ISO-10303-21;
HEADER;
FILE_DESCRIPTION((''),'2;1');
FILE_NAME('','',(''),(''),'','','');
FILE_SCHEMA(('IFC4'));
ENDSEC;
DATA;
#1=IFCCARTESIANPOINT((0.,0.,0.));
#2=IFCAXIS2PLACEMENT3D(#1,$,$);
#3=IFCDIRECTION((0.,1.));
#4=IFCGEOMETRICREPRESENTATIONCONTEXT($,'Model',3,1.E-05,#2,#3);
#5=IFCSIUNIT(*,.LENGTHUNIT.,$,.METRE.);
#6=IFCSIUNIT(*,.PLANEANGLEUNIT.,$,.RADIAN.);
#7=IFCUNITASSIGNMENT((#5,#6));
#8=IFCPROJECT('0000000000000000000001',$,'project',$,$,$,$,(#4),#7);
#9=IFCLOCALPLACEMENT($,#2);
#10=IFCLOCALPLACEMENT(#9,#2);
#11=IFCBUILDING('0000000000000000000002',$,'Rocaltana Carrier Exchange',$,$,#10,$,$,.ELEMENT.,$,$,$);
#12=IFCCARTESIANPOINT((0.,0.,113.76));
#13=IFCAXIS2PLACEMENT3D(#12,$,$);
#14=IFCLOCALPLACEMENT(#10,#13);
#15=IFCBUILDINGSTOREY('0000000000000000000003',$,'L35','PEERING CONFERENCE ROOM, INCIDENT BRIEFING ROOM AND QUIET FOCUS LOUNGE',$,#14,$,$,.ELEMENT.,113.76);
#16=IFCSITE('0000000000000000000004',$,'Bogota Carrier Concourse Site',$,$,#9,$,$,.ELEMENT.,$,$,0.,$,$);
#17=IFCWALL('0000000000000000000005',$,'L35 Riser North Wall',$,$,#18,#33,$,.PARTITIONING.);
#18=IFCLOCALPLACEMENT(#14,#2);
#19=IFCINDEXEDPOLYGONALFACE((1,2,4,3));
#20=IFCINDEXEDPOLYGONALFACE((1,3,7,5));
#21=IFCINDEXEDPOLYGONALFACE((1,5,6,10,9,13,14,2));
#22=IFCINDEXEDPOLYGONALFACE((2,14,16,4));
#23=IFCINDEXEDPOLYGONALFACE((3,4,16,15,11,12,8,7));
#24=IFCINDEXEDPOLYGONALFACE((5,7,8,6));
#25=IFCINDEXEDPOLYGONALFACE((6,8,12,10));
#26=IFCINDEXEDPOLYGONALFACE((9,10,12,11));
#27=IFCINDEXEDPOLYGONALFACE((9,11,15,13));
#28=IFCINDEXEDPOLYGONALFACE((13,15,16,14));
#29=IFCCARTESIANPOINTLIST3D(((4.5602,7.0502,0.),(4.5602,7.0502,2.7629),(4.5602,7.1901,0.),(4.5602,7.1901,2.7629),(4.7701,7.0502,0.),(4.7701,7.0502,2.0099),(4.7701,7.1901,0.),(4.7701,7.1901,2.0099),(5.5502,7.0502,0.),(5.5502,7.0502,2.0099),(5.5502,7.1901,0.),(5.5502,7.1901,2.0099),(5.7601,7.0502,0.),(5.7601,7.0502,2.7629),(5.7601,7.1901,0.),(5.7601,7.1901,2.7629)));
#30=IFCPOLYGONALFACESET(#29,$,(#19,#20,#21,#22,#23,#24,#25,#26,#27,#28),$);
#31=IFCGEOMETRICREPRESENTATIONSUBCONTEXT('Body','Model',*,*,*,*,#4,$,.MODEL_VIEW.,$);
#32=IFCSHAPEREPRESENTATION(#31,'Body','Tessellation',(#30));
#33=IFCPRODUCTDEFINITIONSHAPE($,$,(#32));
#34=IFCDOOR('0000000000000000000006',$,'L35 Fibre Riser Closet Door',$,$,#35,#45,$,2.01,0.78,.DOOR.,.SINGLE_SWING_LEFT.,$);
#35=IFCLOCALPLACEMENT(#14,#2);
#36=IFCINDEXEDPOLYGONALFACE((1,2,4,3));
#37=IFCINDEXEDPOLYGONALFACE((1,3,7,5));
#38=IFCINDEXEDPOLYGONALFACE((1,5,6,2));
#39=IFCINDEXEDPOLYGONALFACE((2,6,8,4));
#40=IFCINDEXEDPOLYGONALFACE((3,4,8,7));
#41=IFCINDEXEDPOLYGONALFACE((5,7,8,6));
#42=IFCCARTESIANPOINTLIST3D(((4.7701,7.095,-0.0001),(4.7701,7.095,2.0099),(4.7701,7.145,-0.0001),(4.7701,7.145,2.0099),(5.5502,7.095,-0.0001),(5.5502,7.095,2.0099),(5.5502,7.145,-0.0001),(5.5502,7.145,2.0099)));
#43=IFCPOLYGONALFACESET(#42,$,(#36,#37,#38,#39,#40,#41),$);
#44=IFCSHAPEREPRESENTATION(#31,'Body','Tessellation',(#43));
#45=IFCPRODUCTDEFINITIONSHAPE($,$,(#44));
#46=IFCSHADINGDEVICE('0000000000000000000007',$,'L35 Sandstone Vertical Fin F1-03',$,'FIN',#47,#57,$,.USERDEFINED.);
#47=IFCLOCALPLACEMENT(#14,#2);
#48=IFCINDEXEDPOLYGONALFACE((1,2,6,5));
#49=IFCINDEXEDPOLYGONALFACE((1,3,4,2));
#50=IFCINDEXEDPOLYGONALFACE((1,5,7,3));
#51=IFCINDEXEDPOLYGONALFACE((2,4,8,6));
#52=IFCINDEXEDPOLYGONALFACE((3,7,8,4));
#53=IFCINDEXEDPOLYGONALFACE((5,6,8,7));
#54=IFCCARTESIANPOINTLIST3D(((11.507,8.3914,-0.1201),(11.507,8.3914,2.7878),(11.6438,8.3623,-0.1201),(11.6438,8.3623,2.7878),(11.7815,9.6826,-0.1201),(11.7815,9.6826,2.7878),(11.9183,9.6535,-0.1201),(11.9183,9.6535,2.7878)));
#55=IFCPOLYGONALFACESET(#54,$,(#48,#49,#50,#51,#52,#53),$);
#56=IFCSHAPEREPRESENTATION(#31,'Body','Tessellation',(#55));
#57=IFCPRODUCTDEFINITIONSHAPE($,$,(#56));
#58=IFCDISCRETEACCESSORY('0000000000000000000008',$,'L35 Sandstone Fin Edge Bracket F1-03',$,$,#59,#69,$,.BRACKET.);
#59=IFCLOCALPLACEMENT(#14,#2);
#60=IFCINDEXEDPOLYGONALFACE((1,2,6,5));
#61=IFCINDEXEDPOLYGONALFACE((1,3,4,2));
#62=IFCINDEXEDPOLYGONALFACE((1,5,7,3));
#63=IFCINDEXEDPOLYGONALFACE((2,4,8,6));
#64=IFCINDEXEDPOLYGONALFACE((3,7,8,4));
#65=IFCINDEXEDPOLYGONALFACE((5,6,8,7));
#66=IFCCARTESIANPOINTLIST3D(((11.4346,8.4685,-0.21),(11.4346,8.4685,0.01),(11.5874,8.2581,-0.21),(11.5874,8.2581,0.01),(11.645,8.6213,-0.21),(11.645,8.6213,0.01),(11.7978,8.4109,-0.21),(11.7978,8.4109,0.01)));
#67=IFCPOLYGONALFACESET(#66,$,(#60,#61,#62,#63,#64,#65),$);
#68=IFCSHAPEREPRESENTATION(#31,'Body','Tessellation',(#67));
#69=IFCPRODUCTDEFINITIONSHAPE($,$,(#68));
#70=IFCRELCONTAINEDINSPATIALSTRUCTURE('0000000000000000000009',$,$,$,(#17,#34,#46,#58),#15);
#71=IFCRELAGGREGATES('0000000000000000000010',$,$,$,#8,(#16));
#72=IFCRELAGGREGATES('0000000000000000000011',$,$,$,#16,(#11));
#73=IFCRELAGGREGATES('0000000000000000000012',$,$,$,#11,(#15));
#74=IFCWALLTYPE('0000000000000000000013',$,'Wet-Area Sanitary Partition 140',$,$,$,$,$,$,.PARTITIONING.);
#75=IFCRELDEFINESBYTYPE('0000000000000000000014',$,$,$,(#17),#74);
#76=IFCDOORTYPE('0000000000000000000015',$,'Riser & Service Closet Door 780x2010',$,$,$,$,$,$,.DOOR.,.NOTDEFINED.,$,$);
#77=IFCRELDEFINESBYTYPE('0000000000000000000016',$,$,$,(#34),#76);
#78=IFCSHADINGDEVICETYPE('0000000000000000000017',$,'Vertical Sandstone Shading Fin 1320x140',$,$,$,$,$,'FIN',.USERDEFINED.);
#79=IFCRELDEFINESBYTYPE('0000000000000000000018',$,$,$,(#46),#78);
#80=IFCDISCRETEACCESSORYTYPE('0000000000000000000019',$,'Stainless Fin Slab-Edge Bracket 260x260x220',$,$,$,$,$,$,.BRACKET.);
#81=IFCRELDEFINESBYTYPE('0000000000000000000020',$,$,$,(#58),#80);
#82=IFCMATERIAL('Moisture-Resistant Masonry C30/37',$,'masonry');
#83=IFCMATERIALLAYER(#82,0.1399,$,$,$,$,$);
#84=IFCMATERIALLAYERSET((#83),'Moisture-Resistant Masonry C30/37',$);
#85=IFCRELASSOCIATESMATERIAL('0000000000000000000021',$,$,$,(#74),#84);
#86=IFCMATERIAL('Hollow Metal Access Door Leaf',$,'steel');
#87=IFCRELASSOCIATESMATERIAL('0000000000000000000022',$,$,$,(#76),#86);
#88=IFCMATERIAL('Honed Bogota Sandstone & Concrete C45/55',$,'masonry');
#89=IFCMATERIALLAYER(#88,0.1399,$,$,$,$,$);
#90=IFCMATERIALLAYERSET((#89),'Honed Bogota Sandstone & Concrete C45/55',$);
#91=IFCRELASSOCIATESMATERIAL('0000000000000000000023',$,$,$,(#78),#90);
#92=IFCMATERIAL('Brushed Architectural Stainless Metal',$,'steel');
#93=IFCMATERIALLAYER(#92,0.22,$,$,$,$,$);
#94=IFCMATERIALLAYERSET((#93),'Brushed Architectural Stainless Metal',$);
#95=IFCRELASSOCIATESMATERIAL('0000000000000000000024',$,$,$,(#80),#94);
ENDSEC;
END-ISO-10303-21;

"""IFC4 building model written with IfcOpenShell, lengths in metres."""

from ifc_helpers import new_model, si_unit, direction, frame, frame_2d, origin, origin_2d, place, context, subcontext, project, spatial, rectangle, extrude, material, layer, layer_set, type_object, element, fill, save


model = new_model("IFC4")

# Units and contexts
model_context = context("Model", 3, precision=1e-05, world=origin(), true_north=direction((0.0, 1.0)))
body_context = subcontext(model_context, "Body", "Model", "MODEL_VIEW")
ifc_project = project(units=[si_unit("LENGTHUNIT", "METRE"), si_unit("PLANEANGLEUNIT", "RADIAN")], contexts=[model_context])

# Site, building, storey
site_placement = place(None, origin())
site = spatial("IfcSite", under=ifc_project, at=site_placement, Name="Bogota Carrier Concourse Site", CompositionType="ELEMENT", RefElevation=0.0)
building_placement = place(site_placement, origin())
building = spatial("IfcBuilding", under=site, at=building_placement, Name="Rocaltana Carrier Exchange", CompositionType="ELEMENT")
storey_placement = place(building_placement, frame((0.0, 0.0, 113.76)))
storey = spatial("IfcBuildingStorey", under=building, at=storey_placement, Name="L35", Description="PEERING CONFERENCE ROOM, INCIDENT BRIEFING ROOM AND QUIET FOCUS LOUNGE", CompositionType="ELEMENT", Elevation=113.76)

# Shared definitions
ifc_material_1 = material(Name="Moisture-Resistant Masonry C30/37", Category="masonry")
ifc_layer_1 = layer(ifc_material_1, 0.1399)
ifc_layer_set_1 = layer_set([ifc_layer_1], Name="Moisture-Resistant Masonry C30/37")
wall_type_1 = type_object("IfcWallType", Name="Wet-Area Sanitary Partition 140", PredefinedType="PARTITIONING", material=ifc_layer_set_1)

# Wall, opening, door
wall_1_placement = place(storey_placement, frame((4.5601, 7.1201, 0.0), z_axis=(0.0, 0.0, 1.0), x_axis=(1.0, 0.0, 0.0)))
wall_1 = element("IfcWall", 1, at=wall_1_placement, inside=storey, type_object=wall_type_1, Name="L35 Riser North Wall", PredefinedType="PARTITIONING", context=body_context, shape_type="SweptSolid", body=[
    extrude(rectangle(XDim=1.2, YDim=0.1399, at=frame_2d((0.6001, 0.0))), origin(), (0.0, 0.0, 1.0), 2.7629),
])
opening_1_placement = place(wall_1_placement, frame((0.21, 0.0, 0.0)))
opening_1 = element("IfcOpeningElement", 2, at=opening_1_placement, cuts=wall_1, PredefinedType="OPENING", context=body_context, shape_type="SweptSolid", body=[
    extrude(rectangle(XDim=0.78, YDim=2.01, at=frame_2d((0.3901, 1.0049))), frame((0.0, 0.0798, 0.0), z_axis=(0.0, -1.0, 0.0), x_axis=(1.0, 0.0, 0.0)), (0.0, 0.0, 1.0), 0.1599),
])
ifc_material_2 = material(Name="Hollow Metal Access Door Leaf", Category="steel")
door_type_1 = type_object("IfcDoorType", Name="Riser & Service Closet Door 780x2010", OperationType="NOTDEFINED", PredefinedType="DOOR", material=ifc_material_2)
door_1_placement = place(opening_1_placement, origin())
door_1 = element("IfcDoor", 3, at=door_1_placement, inside=storey, type_object=door_type_1, Name="L35 Fibre Riser Closet Door", OperationType="SINGLE_SWING_LEFT", OverallHeight=2.01, OverallWidth=0.78, PredefinedType="DOOR", context=body_context, shape_type="SweptSolid", body=[
    extrude(rectangle(XDim=0.78, YDim=2.01, at=frame_2d((0.3901, 1.0049))), frame((0.0, 0.0249, 0.0), z_axis=(0.0, -1.0, 0.0), x_axis=(1.0, 0.0, 0.0)), (0.0, 0.0, 1.0), 0.05),
])
fill(opening_1, door_1)

# Shading device
ifc_material_3 = material(Name="Honed Bogota Sandstone & Concrete C45/55", Category="masonry")
ifc_layer_2 = layer(ifc_material_3, 0.1399)
ifc_layer_set_2 = layer_set([ifc_layer_2], Name="Honed Bogota Sandstone & Concrete C45/55")
shading_device_type = type_object("IfcShadingDeviceType", Name="Vertical Sandstone Shading Fin 1320x140", ElementType="FIN", PredefinedType="USERDEFINED", material=ifc_layer_set_2)
shading_device_placement = place(storey_placement, frame((11.7126, 9.0225, -0.1201), z_axis=(0.0, 0.0, 1.0), x_axis=(0.207912, 0.978148, 0.0)))
element("IfcShadingDevice", 4, at=shading_device_placement, inside=storey, type_object=shading_device_type, Name="L35 Sandstone Vertical Fin F1-03", ObjectType="FIN", PredefinedType="USERDEFINED", context=body_context, shape_type="SweptSolid", body=[
    extrude(rectangle(XDim=1.3201, YDim=0.1399, at=origin_2d()), origin(), (0.0, 0.0, 1.0), 2.908),
])

# Discrete accessory
ifc_material_4 = material(Name="Brushed Architectural Stainless Metal", Category="steel")
ifc_layer_3 = layer(ifc_material_4, 0.22)
ifc_layer_set_3 = layer_set([ifc_layer_3], Name="Brushed Architectural Stainless Metal")
discrete_accessory_type = type_object("IfcDiscreteAccessoryType", Name="Stainless Fin Slab-Edge Bracket 260x260x220", PredefinedType="BRACKET", material=ifc_layer_set_3)
discrete_accessory_placement = place(storey_placement, frame((11.6162, 8.4397, -0.21), z_axis=(0.0, 0.0, 1.0), x_axis=(-0.587785, 0.809017, 0.0)))
element("IfcDiscreteAccessory", 5, at=discrete_accessory_placement, inside=storey, type_object=discrete_accessory_type, Name="L35 Sandstone Fin Edge Bracket F1-03", PredefinedType="BRACKET", context=body_context, shape_type="SweptSolid", body=[
    extrude(rectangle(XDim=0.26, YDim=0.26, at=origin_2d()), origin(), (0.0, 0.0, 1.0), 0.22),
])

save(model, "model.ifc")
